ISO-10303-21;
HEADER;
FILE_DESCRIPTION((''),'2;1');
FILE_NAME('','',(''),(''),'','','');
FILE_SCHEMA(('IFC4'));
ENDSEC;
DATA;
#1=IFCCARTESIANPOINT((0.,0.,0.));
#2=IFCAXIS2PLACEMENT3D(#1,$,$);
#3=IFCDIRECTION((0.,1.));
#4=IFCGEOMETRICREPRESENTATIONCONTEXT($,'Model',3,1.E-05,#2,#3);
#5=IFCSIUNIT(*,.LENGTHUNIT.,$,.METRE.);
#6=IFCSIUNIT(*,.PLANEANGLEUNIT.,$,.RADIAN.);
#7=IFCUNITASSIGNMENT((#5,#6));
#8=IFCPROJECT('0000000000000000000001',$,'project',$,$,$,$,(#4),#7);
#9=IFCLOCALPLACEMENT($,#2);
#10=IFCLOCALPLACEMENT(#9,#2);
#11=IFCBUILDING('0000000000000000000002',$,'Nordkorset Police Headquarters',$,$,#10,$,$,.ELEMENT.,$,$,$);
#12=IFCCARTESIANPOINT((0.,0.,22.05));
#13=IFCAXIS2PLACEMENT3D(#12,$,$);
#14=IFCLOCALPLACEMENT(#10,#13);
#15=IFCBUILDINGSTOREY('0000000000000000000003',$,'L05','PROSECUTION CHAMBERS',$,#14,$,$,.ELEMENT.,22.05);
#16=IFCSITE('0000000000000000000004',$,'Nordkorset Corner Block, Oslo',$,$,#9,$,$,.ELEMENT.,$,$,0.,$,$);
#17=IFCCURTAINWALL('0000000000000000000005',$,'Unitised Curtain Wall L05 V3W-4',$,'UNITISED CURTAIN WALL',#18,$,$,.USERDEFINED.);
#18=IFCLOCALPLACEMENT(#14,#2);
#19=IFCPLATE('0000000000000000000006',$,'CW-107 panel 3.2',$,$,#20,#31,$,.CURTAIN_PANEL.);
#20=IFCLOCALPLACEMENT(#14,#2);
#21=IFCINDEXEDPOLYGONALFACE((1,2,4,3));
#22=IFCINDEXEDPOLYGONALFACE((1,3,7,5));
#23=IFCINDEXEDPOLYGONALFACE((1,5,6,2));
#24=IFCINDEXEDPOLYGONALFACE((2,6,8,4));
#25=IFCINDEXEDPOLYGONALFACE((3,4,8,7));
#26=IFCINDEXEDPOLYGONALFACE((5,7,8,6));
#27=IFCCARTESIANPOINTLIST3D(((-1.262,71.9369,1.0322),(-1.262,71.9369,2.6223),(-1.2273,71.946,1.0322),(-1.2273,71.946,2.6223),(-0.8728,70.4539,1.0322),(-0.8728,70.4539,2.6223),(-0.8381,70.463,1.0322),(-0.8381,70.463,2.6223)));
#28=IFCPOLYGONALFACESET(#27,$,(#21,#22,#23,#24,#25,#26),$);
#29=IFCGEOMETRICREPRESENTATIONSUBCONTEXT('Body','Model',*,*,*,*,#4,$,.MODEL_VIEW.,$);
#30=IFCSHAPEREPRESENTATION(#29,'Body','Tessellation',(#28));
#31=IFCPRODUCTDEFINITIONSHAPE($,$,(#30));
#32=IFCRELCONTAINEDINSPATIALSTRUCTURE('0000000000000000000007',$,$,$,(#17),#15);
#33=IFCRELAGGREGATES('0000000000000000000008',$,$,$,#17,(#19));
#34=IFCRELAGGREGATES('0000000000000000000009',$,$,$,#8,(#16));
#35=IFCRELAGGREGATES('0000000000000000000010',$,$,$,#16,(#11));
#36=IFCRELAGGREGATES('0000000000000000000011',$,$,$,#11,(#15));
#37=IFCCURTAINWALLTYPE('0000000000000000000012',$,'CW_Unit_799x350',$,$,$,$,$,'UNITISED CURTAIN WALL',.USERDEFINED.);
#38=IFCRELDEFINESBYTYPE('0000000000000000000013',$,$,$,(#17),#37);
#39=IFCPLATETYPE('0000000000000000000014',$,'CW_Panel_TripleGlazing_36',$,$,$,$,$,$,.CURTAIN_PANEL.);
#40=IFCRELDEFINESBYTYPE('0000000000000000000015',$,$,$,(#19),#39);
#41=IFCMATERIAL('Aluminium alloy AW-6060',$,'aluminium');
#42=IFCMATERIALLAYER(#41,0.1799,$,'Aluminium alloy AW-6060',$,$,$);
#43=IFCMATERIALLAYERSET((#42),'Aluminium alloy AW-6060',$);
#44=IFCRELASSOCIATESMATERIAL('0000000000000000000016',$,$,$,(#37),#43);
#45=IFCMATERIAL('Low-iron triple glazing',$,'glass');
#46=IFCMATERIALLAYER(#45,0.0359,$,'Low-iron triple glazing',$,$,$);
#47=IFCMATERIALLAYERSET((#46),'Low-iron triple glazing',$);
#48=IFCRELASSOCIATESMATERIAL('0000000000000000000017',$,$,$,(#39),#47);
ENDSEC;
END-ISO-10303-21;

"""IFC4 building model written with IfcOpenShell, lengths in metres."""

from ifc_helpers import new_model, si_unit, direction, frame, origin, origin_2d, place, context, subcontext, project, spatial, rectangle, extrude, material, layer, layer_set, type_object, element, aggregate, save


model = new_model("IFC4")

# Units and contexts
model_context = context("Model", 3, precision=1e-05, world=origin(), true_north=direction((0.0, 1.0)))
body_context = subcontext(model_context, "Body", "Model", "MODEL_VIEW")
ifc_project = project(units=[si_unit("LENGTHUNIT", "METRE"), si_unit("PLANEANGLEUNIT", "RADIAN")], contexts=[model_context])

# Site, building, storey
site_placement = place(None, origin())
site = spatial("IfcSite", under=ifc_project, at=site_placement, Name="Nordkorset Corner Block, Oslo", CompositionType="ELEMENT", RefElevation=0.0)
building_placement = place(site_placement, origin())
building = spatial("IfcBuilding", under=site, at=building_placement, Name="Nordkorset Police Headquarters", CompositionType="ELEMENT")
storey_placement = place(building_placement, frame((0.0, 0.0, 22.05)))
storey = spatial("IfcBuildingStorey", under=building, at=storey_placement, Name="L05", Description="PROSECUTION CHAMBERS", CompositionType="ELEMENT", Elevation=22.05)

# Curtain wall
ifc_material_1 = material(Name="Aluminium alloy AW-6060", Category="aluminium")
ifc_layer_1 = layer(ifc_material_1, 0.1799, Name="Aluminium alloy AW-6060")
ifc_layer_set_1 = layer_set([ifc_layer_1], Name="Aluminium alloy AW-6060")
curtain_wall_type_1 = type_object("IfcCurtainWallType", Name="CW_Unit_799x350", ElementType="UNITISED CURTAIN WALL", PredefinedType="USERDEFINED", material=ifc_layer_set_1)
curtain_wall_1_placement = place(storey_placement, origin())
curtain_wall_1 = element("IfcCurtainWall", 1, at=curtain_wall_1_placement, inside=storey, type_object=curtain_wall_type_1, Name="Unitised Curtain Wall L05 V3W-4", ObjectType="UNITISED CURTAIN WALL", PredefinedType="USERDEFINED")

# Plate
ifc_material_2 = material(Name="Low-iron triple glazing", Category="glass")
ifc_layer_2 = layer(ifc_material_2, 0.0359, Name="Low-iron triple glazing")
ifc_layer_set_2 = layer_set([ifc_layer_2], Name="Low-iron triple glazing")
plate_type = type_object("IfcPlateType", Name="CW_Panel_TripleGlazing_36", PredefinedType="CURTAIN_PANEL", material=ifc_layer_set_2)
plate_1_placement = place(storey_placement, frame((-1.05, 71.2, 1.0322), z_axis=(0.0, 0.0, 1.0), x_axis=(-0.253897, 0.967231, 0.0)))
plate_1 = element("IfcPlate", 2, at=plate_1_placement, type_object=plate_type, Name="CW-107 panel 3.2", PredefinedType="CURTAIN_PANEL", context=body_context, shape_type="SweptSolid", body=[
    extrude(rectangle(XDim=1.5332, YDim=0.0359, at=origin_2d()), origin(), (0.0, 0.0, 1.0), 1.5901),
])
aggregate(curtain_wall_1, [plate_1])

save(model, "model.ifc")
